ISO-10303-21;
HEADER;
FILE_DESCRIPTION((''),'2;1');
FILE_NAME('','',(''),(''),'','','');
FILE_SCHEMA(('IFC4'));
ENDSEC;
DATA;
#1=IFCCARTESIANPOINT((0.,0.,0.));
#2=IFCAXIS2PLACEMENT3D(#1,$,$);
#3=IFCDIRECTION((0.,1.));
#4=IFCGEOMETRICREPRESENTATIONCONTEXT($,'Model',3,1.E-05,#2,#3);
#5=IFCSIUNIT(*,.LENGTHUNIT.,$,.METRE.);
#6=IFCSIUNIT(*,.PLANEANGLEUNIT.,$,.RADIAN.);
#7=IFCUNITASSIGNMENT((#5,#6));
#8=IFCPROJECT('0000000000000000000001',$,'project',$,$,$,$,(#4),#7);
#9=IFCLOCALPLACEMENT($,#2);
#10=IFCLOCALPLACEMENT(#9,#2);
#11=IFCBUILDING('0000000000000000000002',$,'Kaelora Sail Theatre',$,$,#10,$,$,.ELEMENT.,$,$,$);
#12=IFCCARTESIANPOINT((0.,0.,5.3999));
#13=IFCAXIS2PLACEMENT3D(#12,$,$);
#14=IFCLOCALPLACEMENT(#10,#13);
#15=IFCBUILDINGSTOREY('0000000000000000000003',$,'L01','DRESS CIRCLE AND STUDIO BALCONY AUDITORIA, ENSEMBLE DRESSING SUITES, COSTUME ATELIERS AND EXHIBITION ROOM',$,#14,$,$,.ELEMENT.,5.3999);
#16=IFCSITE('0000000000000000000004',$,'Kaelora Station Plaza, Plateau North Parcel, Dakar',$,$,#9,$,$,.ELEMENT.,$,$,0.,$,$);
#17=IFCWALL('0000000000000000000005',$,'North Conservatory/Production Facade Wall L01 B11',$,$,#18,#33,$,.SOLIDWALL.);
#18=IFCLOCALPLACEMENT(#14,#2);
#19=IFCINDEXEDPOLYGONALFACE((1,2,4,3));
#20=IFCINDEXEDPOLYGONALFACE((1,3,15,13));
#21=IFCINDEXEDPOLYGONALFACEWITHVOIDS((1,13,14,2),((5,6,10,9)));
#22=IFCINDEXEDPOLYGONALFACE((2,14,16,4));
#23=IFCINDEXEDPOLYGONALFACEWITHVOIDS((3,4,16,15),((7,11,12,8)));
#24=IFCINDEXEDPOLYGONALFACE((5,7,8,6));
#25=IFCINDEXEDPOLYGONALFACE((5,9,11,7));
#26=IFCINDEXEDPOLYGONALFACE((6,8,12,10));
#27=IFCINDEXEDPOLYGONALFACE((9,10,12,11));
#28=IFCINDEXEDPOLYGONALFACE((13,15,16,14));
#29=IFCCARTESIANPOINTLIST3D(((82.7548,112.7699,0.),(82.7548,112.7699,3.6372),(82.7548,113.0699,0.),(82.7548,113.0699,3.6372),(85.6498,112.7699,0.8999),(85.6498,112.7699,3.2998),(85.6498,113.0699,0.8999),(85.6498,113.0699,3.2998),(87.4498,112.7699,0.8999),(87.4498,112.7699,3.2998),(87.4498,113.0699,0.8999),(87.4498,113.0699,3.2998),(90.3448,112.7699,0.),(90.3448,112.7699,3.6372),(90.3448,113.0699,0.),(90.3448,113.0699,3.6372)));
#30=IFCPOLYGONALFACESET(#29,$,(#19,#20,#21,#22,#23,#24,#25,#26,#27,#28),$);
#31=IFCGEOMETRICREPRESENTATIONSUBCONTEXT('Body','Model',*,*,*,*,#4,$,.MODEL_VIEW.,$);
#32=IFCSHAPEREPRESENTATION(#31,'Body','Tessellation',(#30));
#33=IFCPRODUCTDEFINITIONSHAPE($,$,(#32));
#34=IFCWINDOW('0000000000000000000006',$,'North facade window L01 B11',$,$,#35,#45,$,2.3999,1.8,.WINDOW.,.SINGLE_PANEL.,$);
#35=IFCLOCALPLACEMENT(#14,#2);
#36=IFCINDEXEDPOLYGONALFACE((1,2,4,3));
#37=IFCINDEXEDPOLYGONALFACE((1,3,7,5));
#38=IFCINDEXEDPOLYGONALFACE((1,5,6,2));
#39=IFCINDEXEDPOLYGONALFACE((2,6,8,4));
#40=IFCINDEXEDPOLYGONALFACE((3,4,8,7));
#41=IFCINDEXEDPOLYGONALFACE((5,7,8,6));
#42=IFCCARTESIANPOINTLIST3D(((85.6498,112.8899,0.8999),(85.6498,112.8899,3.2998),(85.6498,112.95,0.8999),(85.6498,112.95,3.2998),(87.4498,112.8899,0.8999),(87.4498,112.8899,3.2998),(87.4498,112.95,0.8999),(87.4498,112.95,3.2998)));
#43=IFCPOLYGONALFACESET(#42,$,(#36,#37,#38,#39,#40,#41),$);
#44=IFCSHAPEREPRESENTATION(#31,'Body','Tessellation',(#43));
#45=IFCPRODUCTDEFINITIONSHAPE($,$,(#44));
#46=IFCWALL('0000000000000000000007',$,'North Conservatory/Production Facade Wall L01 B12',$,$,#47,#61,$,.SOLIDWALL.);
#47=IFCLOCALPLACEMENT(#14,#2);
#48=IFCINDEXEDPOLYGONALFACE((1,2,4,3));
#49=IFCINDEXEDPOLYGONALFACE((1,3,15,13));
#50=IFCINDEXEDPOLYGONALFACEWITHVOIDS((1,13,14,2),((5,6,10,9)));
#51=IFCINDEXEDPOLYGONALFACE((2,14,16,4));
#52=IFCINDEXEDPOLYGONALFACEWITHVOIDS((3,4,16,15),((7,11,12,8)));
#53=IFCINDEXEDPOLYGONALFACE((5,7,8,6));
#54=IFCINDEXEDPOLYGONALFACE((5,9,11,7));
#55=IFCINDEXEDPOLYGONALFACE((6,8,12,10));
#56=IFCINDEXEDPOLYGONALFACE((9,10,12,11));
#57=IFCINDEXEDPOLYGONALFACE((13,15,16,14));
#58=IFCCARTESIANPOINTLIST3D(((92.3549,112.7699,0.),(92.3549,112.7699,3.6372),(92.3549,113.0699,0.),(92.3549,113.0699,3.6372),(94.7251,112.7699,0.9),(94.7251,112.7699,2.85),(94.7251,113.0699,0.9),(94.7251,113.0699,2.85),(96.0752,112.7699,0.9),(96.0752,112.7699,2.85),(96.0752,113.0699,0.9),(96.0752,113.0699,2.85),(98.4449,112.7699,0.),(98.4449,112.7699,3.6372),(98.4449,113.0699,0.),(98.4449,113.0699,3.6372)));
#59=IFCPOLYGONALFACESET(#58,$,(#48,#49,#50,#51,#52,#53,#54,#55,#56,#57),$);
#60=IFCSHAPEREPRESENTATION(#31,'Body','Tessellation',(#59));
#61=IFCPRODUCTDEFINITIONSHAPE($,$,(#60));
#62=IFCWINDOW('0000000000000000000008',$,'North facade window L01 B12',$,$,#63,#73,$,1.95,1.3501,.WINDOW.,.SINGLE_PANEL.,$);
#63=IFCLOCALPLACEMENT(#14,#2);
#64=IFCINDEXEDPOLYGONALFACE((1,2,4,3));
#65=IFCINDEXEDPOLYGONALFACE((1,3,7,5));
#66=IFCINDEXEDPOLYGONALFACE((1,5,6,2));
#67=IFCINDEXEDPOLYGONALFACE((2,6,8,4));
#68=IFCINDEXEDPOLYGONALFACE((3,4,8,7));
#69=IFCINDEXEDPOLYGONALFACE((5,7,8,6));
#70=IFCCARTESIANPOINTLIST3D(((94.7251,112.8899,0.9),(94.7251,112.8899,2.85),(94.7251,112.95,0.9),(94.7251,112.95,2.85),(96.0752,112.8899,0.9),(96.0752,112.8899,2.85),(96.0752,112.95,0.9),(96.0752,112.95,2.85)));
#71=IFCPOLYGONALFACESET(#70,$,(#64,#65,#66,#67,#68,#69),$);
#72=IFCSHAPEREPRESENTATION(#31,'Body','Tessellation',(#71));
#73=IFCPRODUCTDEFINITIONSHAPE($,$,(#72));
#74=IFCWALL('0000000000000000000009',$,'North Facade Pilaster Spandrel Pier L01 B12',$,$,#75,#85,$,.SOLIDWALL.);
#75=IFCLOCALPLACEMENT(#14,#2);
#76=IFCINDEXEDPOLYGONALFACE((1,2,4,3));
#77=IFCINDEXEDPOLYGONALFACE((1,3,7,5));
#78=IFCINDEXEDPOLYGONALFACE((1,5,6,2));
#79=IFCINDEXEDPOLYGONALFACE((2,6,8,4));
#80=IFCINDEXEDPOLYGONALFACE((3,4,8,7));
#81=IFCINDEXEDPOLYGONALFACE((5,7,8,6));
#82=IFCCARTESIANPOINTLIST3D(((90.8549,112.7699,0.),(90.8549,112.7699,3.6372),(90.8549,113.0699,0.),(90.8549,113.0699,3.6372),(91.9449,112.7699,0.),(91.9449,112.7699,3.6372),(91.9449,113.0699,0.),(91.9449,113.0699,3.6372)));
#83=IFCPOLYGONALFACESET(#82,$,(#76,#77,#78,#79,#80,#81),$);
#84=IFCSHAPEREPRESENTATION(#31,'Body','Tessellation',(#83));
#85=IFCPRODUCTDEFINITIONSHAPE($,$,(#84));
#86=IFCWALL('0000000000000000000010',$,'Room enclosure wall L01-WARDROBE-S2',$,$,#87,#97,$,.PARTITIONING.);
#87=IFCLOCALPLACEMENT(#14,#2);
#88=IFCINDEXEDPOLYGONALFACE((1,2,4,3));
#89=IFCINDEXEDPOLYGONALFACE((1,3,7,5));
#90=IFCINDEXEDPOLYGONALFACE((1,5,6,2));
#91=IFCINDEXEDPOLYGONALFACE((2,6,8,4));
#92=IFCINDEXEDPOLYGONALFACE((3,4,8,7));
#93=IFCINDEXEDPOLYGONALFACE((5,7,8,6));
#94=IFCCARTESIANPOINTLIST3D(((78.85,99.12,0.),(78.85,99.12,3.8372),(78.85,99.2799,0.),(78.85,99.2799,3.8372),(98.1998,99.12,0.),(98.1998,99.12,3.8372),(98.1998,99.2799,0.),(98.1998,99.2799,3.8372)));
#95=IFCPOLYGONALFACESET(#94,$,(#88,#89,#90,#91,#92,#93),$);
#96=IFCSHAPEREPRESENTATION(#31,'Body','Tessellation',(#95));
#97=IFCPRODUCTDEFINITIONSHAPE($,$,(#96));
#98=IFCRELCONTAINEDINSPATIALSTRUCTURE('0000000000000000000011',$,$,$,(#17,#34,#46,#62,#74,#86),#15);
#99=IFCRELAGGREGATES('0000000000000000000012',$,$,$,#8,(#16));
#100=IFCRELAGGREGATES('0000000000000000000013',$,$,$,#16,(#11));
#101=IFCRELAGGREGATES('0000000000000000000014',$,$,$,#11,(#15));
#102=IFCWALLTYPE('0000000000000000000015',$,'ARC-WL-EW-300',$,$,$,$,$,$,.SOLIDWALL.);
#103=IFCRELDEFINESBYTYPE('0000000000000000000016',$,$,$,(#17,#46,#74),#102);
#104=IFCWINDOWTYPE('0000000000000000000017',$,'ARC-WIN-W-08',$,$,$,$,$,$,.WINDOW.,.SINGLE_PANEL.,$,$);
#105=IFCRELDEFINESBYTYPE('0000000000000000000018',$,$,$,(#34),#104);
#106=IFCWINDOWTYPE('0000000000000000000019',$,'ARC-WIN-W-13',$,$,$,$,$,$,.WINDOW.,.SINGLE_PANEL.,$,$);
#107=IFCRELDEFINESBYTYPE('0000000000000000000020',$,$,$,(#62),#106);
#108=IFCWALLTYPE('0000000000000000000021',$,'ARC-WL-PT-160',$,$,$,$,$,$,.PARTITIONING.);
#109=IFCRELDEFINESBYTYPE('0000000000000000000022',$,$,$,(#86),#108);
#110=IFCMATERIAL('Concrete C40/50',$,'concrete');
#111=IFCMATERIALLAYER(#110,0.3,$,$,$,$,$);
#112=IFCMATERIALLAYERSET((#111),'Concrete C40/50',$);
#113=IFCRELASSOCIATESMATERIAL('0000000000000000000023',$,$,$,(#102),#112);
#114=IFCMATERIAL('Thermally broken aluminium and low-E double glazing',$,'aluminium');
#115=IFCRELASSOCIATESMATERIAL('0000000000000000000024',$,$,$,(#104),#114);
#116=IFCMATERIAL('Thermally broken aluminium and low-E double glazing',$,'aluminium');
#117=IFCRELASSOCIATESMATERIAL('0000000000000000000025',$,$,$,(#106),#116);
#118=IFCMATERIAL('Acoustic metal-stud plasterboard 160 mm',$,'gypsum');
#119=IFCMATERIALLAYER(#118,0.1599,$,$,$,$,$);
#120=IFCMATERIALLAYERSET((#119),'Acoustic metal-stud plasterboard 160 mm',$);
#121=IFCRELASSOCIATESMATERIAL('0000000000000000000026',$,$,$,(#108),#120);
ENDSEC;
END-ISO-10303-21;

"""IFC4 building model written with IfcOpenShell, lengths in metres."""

from ifc_helpers import new_model, si_unit, direction, frame, frame_2d, origin, place, context, subcontext, project, spatial, rectangle, extrude, material, layer, layer_set, type_object, element, fill, save


model = new_model("IFC4")

# Units and contexts
model_context = context("Model", 3, precision=1e-05, world=origin(), true_north=direction((0.0, 1.0)))
body_context = subcontext(model_context, "Body", "Model", "MODEL_VIEW")
ifc_project = project(units=[si_unit("LENGTHUNIT", "METRE"), si_unit("PLANEANGLEUNIT", "RADIAN")], contexts=[model_context])

# Site, building, storey
site_placement = place(None, origin())
site = spatial("IfcSite", under=ifc_project, at=site_placement, Name="Kaelora Station Plaza, Plateau North Parcel, Dakar", CompositionType="ELEMENT", RefElevation=0.0)
building_placement = place(site_placement, origin())
building = spatial("IfcBuilding", under=site, at=building_placement, Name="Kaelora Sail Theatre", CompositionType="ELEMENT")
storey_placement = place(building_placement, frame((0.0, 0.0, 5.3999)))
storey = spatial("IfcBuildingStorey", under=building, at=storey_placement, Name="L01", Description="DRESS CIRCLE AND STUDIO BALCONY AUDITORIA, ENSEMBLE DRESSING SUITES, COSTUME ATELIERS AND EXHIBITION ROOM", CompositionType="ELEMENT", Elevation=5.3999)

# Walls, openings, windows
ifc_material_1 = material(Name="Concrete C40/50", Category="concrete")
ifc_layer_1 = layer(ifc_material_1, 0.3)
ifc_layer_set_1 = layer_set([ifc_layer_1], Name="Concrete C40/50")
wall_type_1 = type_object("IfcWallType", Name="ARC-WL-EW-300", PredefinedType="SOLIDWALL", material=ifc_layer_set_1)
wall_1_placement = place(storey_placement, frame((82.7549, 112.9199, 0.0), z_axis=(0.0, 0.0, 1.0), x_axis=(1.0, 0.0, 0.0)))
wall_1 = element("IfcWall", 1, at=wall_1_placement, inside=storey, type_object=wall_type_1, Name="North Conservatory/Production Facade Wall L01 B11", PredefinedType="SOLIDWALL", context=body_context, shape_type="SweptSolid", body=[
    extrude(rectangle(XDim=7.5901, YDim=0.3, at=frame_2d((3.7949, 0.0))), origin(), (0.0, 0.0, 1.0), 3.6372),
])
opening_1_placement = place(wall_1_placement, frame((2.895, 0.0, 0.8999)))
opening_1 = element("IfcOpeningElement", 2, at=opening_1_placement, cuts=wall_1, PredefinedType="OPENING", context=body_context, shape_type="SweptSolid", body=[
    extrude(rectangle(XDim=1.8, YDim=2.3999, at=frame_2d((0.8999, 1.2))), frame((0.0, 0.1599, 0.0), z_axis=(0.0, -1.0, 0.0), x_axis=(1.0, 0.0, 0.0)), (0.0, 0.0, 1.0), 0.32),
])
ifc_material_2 = material(Name="Thermally broken aluminium and low-E double glazing", Category="aluminium")
window_type_1 = type_object("IfcWindowType", Name="ARC-WIN-W-08", PartitioningType="SINGLE_PANEL", PredefinedType="WINDOW", material=ifc_material_2)
window_1_placement = place(opening_1_placement, origin())
window_1 = element("IfcWindow", 3, at=window_1_placement, inside=storey, type_object=window_type_1, Name="North facade window L01 B11", OverallHeight=2.3999, OverallWidth=1.8, PartitioningType="SINGLE_PANEL", PredefinedType="WINDOW", context=body_context, shape_type="SweptSolid", body=[
    extrude(rectangle(XDim=1.8, YDim=2.3999, at=frame_2d((0.8999, 1.2))), frame((0.0, 0.03, 0.0), z_axis=(0.0, -1.0, 0.0), x_axis=(1.0, 0.0, 0.0)), (0.0, 0.0, 1.0), 0.0601),
])
fill(opening_1, window_1)
wall_2_placement = place(storey_placement, frame((92.355, 112.9199, 0.0), z_axis=(0.0, 0.0, 1.0), x_axis=(1.0, 0.0, 0.0)))
wall_2 = element("IfcWall", 4, at=wall_2_placement, inside=storey, type_object=wall_type_1, Name="North Conservatory/Production Facade Wall L01 B12", PredefinedType="SOLIDWALL", context=body_context, shape_type="SweptSolid", body=[
    extrude(rectangle(XDim=6.0901, YDim=0.3, at=frame_2d((3.0449, 0.0))), origin(), (0.0, 0.0, 1.0), 3.6372),
])
opening_2_placement = place(wall_2_placement, frame((2.3701, 0.0, 0.8999)))
opening_2 = element("IfcOpeningElement", 5, at=opening_2_placement, cuts=wall_2, PredefinedType="OPENING", context=body_context, shape_type="SweptSolid", body=[
    extrude(rectangle(XDim=1.3501, YDim=1.95, at=frame_2d((0.675, 0.9751))), frame((0.0, 0.1599, 0.0), z_axis=(0.0, -1.0, 0.0), x_axis=(1.0, 0.0, 0.0)), (0.0, 0.0, 1.0), 0.32),
])
ifc_material_3 = material(Name="Thermally broken aluminium and low-E double glazing", Category="aluminium")
window_type_2 = type_object("IfcWindowType", Name="ARC-WIN-W-13", PartitioningType="SINGLE_PANEL", PredefinedType="WINDOW", material=ifc_material_3)
window_2_placement = place(opening_2_placement, origin())
window_2 = element("IfcWindow", 6, at=window_2_placement, inside=storey, type_object=window_type_2, Name="North facade window L01 B12", OverallHeight=1.95, OverallWidth=1.3501, PartitioningType="SINGLE_PANEL", PredefinedType="WINDOW", context=body_context, shape_type="SweptSolid", body=[
    extrude(rectangle(XDim=1.3501, YDim=1.95, at=frame_2d((0.675, 0.9751))), frame((0.0, 0.03, 0.0), z_axis=(0.0, -1.0, 0.0), x_axis=(1.0, 0.0, 0.0)), (0.0, 0.0, 1.0), 0.0601),
])
fill(opening_2, window_2)

# Walls
wall_3_placement = place(storey_placement, frame((90.855, 112.9199, 0.0), z_axis=(0.0, 0.0, 1.0), x_axis=(1.0, 0.0, 0.0)))
element("IfcWall", 7, at=wall_3_placement, inside=storey, type_object=wall_type_1, Name="North Facade Pilaster Spandrel Pier L01 B12", PredefinedType="SOLIDWALL", context=body_context, shape_type="SweptSolid", body=[
    extrude(rectangle(XDim=1.0901, YDim=0.3, at=frame_2d((0.5449, 0.0))), origin(), (0.0, 0.0, 1.0), 3.6372),
])
ifc_material_4 = material(Name="Acoustic metal-stud plasterboard 160 mm", Category="gypsum")
ifc_layer_2 = layer(ifc_material_4, 0.1599)
ifc_layer_set_2 = layer_set([ifc_layer_2], Name="Acoustic metal-stud plasterboard 160 mm")
wall_type_2 = type_object("IfcWallType", Name="ARC-WL-PT-160", PredefinedType="PARTITIONING", material=ifc_layer_set_2)
wall_4_placement = place(storey_placement, frame((78.8501, 99.2, 0.0), z_axis=(0.0, 0.0, 1.0), x_axis=(1.0, 0.0, 0.0)))
element("IfcWall", 8, at=wall_4_placement, inside=storey, type_object=wall_type_2, Name="Room enclosure wall L01-WARDROBE-S2", PredefinedType="PARTITIONING", context=body_context, shape_type="SweptSolid", body=[
    extrude(rectangle(XDim=19.3499, YDim=0.1599, at=frame_2d((9.6748, 0.0))), origin(), (0.0, 0.0, 1.0), 3.8372),
])

save(model, "model.ifc")
